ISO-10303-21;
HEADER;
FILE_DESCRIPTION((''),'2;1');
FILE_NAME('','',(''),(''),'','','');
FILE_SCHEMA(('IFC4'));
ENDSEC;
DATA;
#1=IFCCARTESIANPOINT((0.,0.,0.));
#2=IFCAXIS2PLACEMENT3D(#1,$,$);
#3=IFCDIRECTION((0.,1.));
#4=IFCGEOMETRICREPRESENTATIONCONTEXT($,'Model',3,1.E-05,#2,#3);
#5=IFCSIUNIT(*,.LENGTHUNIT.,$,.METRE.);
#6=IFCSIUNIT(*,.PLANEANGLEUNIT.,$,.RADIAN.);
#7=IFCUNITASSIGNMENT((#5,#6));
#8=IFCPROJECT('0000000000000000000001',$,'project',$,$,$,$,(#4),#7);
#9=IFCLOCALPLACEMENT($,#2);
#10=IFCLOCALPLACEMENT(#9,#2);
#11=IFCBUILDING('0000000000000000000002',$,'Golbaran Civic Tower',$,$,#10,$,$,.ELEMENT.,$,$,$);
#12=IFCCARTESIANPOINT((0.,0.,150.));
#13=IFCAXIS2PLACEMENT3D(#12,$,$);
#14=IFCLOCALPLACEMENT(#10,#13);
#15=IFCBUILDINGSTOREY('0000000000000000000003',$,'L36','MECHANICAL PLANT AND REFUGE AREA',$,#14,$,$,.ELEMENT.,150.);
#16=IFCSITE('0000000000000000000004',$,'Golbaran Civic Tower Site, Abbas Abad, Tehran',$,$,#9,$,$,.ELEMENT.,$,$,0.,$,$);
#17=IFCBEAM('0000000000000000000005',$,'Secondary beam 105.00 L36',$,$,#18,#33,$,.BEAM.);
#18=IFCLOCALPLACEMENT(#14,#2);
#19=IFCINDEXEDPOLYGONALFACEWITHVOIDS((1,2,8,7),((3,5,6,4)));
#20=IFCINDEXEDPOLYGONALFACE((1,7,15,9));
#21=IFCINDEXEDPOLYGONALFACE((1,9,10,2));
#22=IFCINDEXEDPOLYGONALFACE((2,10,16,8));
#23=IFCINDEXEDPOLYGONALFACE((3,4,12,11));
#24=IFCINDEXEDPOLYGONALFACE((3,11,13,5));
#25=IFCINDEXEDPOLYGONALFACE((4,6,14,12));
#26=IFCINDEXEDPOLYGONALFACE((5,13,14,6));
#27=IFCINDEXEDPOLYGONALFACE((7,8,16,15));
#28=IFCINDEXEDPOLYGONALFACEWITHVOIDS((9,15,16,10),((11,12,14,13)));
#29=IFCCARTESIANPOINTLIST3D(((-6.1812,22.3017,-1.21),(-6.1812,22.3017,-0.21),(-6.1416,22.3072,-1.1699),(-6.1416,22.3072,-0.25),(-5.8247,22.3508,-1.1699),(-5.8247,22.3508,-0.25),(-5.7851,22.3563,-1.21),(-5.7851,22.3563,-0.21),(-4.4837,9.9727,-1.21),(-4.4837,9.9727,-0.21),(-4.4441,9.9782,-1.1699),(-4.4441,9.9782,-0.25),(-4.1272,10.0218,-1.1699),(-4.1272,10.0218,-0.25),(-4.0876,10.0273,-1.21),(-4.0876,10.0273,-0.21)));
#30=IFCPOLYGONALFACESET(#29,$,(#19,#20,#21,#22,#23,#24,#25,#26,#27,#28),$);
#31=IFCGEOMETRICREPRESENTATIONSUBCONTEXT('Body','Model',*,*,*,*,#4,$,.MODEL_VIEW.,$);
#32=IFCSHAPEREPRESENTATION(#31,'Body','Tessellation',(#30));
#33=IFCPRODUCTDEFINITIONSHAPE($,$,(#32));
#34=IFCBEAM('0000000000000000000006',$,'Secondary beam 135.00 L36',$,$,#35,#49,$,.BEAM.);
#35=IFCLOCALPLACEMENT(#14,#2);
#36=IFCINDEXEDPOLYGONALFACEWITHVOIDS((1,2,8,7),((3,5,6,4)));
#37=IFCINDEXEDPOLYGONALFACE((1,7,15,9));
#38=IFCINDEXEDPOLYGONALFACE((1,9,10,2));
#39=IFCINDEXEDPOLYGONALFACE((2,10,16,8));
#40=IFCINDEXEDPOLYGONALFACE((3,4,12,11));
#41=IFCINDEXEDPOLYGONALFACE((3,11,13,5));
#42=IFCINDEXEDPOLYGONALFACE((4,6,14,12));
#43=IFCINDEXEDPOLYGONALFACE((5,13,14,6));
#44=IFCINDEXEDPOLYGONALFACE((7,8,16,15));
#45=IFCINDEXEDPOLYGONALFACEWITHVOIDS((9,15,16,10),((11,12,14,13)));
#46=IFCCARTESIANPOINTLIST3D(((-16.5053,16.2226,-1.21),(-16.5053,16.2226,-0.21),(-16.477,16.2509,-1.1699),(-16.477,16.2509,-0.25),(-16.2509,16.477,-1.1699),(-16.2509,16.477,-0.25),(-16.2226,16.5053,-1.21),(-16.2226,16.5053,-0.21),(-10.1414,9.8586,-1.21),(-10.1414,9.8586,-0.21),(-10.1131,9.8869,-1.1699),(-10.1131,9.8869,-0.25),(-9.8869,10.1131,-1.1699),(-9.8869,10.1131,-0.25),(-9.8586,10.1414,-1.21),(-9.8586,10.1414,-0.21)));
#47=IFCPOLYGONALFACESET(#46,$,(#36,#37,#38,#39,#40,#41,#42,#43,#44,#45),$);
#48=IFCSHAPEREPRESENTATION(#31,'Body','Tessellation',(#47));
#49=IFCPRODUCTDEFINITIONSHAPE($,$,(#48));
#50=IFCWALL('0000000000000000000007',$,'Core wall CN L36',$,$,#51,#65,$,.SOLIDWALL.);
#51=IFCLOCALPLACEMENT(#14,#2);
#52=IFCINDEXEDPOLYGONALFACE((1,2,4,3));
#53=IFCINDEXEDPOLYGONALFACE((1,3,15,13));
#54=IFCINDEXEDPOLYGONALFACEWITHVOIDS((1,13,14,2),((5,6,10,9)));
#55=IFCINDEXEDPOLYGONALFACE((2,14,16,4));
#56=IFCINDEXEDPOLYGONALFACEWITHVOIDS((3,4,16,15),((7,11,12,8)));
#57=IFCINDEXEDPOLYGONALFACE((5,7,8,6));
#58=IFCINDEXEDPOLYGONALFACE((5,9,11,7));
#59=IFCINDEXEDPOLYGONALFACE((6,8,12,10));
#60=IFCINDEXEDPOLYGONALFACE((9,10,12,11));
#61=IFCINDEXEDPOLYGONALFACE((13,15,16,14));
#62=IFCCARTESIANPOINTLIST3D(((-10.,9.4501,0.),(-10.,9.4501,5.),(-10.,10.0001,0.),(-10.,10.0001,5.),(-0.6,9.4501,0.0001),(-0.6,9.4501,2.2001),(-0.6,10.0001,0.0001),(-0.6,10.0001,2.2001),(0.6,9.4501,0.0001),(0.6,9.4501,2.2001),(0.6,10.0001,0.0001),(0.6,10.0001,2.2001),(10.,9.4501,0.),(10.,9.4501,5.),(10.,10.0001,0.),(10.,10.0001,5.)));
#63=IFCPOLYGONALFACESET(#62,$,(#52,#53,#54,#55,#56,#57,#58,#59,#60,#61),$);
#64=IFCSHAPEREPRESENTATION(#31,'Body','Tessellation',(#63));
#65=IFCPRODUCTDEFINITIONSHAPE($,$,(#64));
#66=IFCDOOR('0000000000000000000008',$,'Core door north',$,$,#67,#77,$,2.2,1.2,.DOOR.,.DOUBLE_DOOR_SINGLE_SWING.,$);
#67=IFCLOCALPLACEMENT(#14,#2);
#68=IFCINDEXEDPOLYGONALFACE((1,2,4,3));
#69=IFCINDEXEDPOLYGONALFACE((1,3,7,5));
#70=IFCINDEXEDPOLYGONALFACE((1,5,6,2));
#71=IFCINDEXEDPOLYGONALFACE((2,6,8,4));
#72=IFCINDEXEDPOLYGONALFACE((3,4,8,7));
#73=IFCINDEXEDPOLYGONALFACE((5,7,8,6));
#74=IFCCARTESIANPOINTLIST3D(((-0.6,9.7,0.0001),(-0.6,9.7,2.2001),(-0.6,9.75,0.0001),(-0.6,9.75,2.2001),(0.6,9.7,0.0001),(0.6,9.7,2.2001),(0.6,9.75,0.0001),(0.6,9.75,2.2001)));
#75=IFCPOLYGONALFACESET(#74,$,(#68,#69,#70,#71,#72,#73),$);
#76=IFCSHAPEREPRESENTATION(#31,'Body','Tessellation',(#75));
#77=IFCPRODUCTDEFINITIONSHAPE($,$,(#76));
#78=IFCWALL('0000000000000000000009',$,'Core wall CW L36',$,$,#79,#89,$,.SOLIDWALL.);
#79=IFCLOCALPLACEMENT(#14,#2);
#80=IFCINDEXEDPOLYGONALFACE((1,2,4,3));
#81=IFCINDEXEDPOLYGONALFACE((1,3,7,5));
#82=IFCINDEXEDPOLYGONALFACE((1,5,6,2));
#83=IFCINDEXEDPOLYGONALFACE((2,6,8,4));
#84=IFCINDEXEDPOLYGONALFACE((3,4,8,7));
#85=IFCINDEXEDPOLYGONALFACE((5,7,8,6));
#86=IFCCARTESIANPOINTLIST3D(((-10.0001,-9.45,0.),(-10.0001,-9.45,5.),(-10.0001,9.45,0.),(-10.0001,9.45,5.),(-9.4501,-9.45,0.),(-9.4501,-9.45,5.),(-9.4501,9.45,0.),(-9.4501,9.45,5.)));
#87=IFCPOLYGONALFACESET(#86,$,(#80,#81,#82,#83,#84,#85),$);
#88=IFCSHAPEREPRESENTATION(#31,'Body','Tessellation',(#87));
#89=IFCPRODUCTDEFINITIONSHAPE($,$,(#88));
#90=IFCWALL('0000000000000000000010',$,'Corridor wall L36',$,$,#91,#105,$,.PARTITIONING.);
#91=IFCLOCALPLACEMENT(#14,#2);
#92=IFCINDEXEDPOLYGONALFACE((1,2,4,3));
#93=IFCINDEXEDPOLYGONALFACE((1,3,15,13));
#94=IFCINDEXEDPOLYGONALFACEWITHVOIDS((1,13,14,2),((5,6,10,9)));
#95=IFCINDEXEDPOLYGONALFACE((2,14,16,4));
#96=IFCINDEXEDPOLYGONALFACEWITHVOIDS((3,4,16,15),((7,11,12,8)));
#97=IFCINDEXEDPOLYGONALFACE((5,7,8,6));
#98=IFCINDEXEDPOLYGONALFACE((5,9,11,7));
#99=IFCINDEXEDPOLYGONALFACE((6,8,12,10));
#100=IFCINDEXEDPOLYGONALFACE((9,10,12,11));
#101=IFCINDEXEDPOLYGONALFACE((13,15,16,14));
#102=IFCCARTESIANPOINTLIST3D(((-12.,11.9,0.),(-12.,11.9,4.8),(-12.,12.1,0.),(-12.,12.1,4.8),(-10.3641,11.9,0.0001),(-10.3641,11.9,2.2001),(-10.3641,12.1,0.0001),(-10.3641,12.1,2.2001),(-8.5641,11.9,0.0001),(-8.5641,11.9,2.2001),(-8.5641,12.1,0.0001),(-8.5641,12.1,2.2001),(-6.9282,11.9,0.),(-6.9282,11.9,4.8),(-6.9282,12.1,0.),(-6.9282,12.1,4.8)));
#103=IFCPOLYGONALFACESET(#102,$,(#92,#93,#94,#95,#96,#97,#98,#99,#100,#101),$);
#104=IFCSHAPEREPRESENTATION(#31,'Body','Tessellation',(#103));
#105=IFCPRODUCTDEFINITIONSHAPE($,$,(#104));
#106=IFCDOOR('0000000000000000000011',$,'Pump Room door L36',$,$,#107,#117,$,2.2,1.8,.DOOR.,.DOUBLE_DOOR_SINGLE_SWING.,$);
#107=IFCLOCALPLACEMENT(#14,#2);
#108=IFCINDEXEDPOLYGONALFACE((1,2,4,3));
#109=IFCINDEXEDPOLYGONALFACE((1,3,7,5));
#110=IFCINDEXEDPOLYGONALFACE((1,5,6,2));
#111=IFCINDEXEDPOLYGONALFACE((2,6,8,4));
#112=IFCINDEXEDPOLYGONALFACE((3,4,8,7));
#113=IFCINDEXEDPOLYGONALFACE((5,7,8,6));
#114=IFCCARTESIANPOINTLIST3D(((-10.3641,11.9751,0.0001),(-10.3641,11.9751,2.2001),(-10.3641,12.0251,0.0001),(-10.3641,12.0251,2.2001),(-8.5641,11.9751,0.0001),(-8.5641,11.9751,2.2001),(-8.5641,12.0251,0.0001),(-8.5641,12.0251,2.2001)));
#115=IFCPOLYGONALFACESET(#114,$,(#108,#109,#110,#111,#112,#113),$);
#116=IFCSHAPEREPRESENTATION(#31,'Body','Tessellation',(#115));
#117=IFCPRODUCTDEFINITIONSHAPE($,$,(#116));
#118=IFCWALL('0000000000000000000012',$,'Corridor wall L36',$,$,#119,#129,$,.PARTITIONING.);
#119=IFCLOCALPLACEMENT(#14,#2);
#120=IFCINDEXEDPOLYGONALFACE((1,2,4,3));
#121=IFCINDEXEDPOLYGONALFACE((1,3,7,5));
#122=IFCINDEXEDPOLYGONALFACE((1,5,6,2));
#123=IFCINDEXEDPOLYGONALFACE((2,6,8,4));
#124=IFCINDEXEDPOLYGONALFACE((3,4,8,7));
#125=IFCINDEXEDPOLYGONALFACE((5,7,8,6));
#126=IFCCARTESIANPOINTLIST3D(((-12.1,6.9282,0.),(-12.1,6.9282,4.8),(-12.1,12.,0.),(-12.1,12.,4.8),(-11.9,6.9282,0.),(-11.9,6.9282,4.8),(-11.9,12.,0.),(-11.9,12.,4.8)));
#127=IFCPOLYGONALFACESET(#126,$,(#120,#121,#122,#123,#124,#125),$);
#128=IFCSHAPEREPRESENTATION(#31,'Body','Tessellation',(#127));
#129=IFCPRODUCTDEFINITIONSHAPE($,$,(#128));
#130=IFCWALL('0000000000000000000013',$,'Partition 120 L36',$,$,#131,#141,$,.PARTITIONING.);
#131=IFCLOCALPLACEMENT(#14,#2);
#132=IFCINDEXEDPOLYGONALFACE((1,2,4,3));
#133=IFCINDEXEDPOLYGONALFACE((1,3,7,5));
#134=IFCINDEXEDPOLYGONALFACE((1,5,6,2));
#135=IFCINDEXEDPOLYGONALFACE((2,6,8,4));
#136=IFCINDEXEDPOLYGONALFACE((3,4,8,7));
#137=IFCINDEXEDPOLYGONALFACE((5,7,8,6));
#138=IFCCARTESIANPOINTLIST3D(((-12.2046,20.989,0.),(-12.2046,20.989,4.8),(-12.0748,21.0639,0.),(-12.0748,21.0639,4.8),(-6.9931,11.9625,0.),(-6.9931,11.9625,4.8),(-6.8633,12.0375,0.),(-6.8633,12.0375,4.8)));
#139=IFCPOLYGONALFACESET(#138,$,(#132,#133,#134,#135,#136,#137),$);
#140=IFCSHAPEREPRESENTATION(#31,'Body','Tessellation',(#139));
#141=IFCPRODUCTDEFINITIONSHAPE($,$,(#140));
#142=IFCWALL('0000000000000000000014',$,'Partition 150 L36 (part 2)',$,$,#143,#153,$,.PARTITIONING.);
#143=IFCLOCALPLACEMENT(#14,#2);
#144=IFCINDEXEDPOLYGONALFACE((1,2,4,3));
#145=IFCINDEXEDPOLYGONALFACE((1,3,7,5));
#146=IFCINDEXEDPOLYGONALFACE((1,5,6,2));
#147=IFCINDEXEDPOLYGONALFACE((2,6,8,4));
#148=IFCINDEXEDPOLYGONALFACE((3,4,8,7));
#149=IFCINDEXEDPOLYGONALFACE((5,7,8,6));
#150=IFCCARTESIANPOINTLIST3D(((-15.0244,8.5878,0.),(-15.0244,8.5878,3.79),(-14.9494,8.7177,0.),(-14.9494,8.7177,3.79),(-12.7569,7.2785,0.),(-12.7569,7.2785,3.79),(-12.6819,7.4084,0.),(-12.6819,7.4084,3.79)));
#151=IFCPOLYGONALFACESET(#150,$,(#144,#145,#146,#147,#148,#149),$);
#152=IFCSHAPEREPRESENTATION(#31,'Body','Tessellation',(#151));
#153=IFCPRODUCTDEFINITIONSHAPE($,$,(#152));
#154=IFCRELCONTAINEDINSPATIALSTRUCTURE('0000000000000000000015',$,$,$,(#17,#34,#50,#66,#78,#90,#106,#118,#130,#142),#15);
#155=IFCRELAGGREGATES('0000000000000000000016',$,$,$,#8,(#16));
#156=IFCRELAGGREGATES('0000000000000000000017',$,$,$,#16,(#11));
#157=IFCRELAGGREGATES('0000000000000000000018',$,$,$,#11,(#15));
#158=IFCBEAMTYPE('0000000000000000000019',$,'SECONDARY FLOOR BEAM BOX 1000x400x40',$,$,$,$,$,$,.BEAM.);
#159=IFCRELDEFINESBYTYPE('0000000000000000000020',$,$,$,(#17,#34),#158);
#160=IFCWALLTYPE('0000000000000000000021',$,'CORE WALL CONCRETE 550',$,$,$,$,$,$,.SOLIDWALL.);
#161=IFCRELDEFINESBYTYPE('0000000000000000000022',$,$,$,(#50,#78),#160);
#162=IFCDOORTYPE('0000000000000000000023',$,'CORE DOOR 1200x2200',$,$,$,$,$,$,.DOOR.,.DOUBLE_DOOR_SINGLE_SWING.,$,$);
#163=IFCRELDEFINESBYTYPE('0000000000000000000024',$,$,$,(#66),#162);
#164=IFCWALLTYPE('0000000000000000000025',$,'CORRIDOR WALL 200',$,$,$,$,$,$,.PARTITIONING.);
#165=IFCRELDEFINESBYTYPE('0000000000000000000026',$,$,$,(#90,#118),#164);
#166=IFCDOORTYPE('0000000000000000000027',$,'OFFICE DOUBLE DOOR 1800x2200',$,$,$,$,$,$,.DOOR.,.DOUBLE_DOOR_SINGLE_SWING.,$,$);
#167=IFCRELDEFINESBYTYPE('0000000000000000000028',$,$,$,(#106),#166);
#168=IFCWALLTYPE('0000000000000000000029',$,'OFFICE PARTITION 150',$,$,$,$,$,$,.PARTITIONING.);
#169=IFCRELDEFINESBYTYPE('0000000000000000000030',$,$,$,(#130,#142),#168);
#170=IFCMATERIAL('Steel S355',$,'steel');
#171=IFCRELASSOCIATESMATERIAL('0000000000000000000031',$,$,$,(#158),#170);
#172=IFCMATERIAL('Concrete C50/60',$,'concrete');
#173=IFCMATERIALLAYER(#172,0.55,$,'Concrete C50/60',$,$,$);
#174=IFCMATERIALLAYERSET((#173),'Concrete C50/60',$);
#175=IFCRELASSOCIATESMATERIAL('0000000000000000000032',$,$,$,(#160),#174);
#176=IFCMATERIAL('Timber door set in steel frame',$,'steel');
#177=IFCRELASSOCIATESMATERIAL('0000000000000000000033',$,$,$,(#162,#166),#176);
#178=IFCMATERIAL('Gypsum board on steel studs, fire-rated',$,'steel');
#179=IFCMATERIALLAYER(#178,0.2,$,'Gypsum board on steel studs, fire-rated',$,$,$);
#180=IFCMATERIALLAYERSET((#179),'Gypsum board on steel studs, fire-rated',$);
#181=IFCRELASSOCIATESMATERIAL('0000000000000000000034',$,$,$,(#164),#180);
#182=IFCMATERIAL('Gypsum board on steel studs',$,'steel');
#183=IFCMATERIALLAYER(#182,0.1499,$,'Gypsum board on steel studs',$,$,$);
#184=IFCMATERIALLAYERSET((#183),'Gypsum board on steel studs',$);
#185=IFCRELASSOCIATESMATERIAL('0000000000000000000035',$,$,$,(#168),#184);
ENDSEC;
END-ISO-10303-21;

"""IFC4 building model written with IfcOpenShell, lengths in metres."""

from ifc_helpers import new_model, si_unit, direction, frame, frame_2d, origin, origin_2d, place, context, subcontext, project, spatial, rectangle, hollow_rectangle, extrude, material, layer, layer_set, material_profile, profile_set, type_object, element, fill, save


model = new_model("IFC4")

# Units and contexts
model_context = context("Model", 3, precision=1e-05, world=origin(), true_north=direction((0.0, 1.0)))
body_context = subcontext(model_context, "Body", "Model", "MODEL_VIEW")
ifc_project = project(units=[si_unit("LENGTHUNIT", "METRE"), si_unit("PLANEANGLEUNIT", "RADIAN")], contexts=[model_context])

# Site, building, storey
site_placement = place(None, origin())
site = spatial("IfcSite", under=ifc_project, at=site_placement, Name="Golbaran Civic Tower Site, Abbas Abad, Tehran", CompositionType="ELEMENT", RefElevation=0.0)
building_placement = place(site_placement, origin())
building = spatial("IfcBuilding", under=site, at=building_placement, Name="Golbaran Civic Tower", CompositionType="ELEMENT")
storey_placement = place(building_placement, frame((0.0, 0.0, 150.0)))
storey = spatial("IfcBuildingStorey", under=building, at=storey_placement, Name="L36", Description="MECHANICAL PLANT AND REFUGE AREA", CompositionType="ELEMENT", Elevation=150.0)

# Shared definitions
ifc_material_1 = material(Name="Steel S355", Category="steel")

# Beams
ifc_material_profile_1 = material_profile(ifc_material_1, hollow_rectangle(XDim=0.3999, YDim=1.0, WallThickness=0.04, at=origin_2d()), Name="BOX 1000x400x40")
ifc_profile_set_1 = profile_set([ifc_material_profile_1], Name="Steel S355")
beam_type_1 = type_object("IfcBeamType", Name="SECONDARY FLOOR BEAM BOX 1000x400x40", PredefinedType="BEAM", material=ifc_profile_set_1)
beam_1_placement = place(storey_placement, frame((-4.2856, 10.0, -0.71), z_axis=(-0.136396, 0.990654, 0.0), x_axis=(-0.990654, -0.136396, 0.0)))
element("IfcBeam", 1, at=beam_1_placement, inside=storey, type_object=beam_type_1, Name="Secondary beam 105.00 L36", PredefinedType="BEAM", context=body_context, shape_type="SweptSolid", body=[
    extrude(hollow_rectangle(XDim=0.3999, YDim=1.0, WallThickness=0.04, at=origin_2d()), origin(), (0.0, 0.0, 1.0), 12.4453),
])
beam_2_placement = place(storey_placement, frame((-10.0, 10.0, -0.71), z_axis=(-0.707107, 0.707107, 0.0), x_axis=(-0.707107, -0.707107, 0.0)))
element("IfcBeam", 2, at=beam_2_placement, inside=storey, type_object=beam_type_1, Name="Secondary beam 135.00 L36", PredefinedType="BEAM", context=body_context, shape_type="SweptSolid", body=[
    extrude(hollow_rectangle(XDim=0.3999, YDim=1.0, WallThickness=0.04, at=origin_2d()), origin(), (0.0, 0.0, 1.0), 9.0),
])

# Wall, opening, door
ifc_material_2 = material(Name="Concrete C50/60", Category="concrete")
ifc_layer_1 = layer(ifc_material_2, 0.55, Name="Concrete C50/60")
ifc_layer_set_1 = layer_set([ifc_layer_1], Name="Concrete C50/60")
wall_type_1 = type_object("IfcWallType", Name="CORE WALL CONCRETE 550", PredefinedType="SOLIDWALL", material=ifc_layer_set_1)
wall_1_placement = place(storey_placement, frame((-10.0, 9.7251, 0.0), z_axis=(0.0, 0.0, 1.0), x_axis=(1.0, 0.0, 0.0)))
wall_1 = element("IfcWall", 3, at=wall_1_placement, inside=storey, type_object=wall_type_1, Name="Core wall CN L36", PredefinedType="SOLIDWALL", context=body_context, shape_type="SweptSolid", body=[
    extrude(rectangle(XDim=20.0, YDim=0.55, at=frame_2d((10.0, 0.0))), origin(), (0.0, 0.0, 1.0), 5.0),
])
opening_1_placement = place(wall_1_placement, frame((9.3999, 0.0, 0.0)))
opening_1 = element("IfcOpeningElement", 4, at=opening_1_placement, cuts=wall_1, PredefinedType="OPENING", context=body_context, shape_type="SweptSolid", body=[
    extrude(rectangle(XDim=1.2, YDim=2.2, at=frame_2d((0.6001, 1.1001))), frame((0.0, 0.2849, 0.0), z_axis=(0.0, -1.0, 0.0), x_axis=(1.0, 0.0, 0.0)), (0.0, 0.0, 1.0), 0.5701),
])
ifc_material_3 = material(Name="Timber door set in steel frame", Category="steel")
door_type_1 = type_object("IfcDoorType", Name="CORE DOOR 1200x2200", OperationType="DOUBLE_DOOR_SINGLE_SWING", PredefinedType="DOOR", material=ifc_material_3)
door_1_placement = place(opening_1_placement, origin())
door_1 = element("IfcDoor", 5, at=door_1_placement, inside=storey, type_object=door_type_1, Name="Core door north", OperationType="DOUBLE_DOOR_SINGLE_SWING", OverallHeight=2.2, OverallWidth=1.2, PredefinedType="DOOR", context=body_context, shape_type="SweptSolid", body=[
    extrude(rectangle(XDim=1.2, YDim=2.2, at=frame_2d((0.6001, 1.1001))), frame((0.0, 0.0249, 0.0), z_axis=(0.0, -1.0, 0.0), x_axis=(1.0, 0.0, 0.0)), (0.0, 0.0, 1.0), 0.05),
])
fill(opening_1, door_1)

# Wall
wall_2_placement = place(storey_placement, frame((-9.7251, 9.45, 0.0), z_axis=(0.0, 0.0, 1.0), x_axis=(0.0, -1.0, 0.0)))
element("IfcWall", 6, at=wall_2_placement, inside=storey, type_object=wall_type_1, Name="Core wall CW L36", PredefinedType="SOLIDWALL", context=body_context, shape_type="SweptSolid", body=[
    extrude(rectangle(XDim=18.8999, YDim=0.55, at=frame_2d((9.45, 0.0))), origin(), (0.0, 0.0, 1.0), 5.0),
])

# Wall, opening, door
ifc_material_4 = material(Name="Gypsum board on steel studs, fire-rated", Category="steel")
ifc_layer_2 = layer(ifc_material_4, 0.2, Name="Gypsum board on steel studs, fire-rated")
ifc_layer_set_2 = layer_set([ifc_layer_2], Name="Gypsum board on steel studs, fire-rated")
wall_type_2 = type_object("IfcWallType", Name="CORRIDOR WALL 200", PredefinedType="PARTITIONING", material=ifc_layer_set_2)
wall_3_placement = place(storey_placement, frame((-6.9282, 12.0, 0.0), z_axis=(0.0, 0.0, 1.0), x_axis=(-1.0, 0.0, 0.0)))
wall_3 = element("IfcWall", 7, at=wall_3_placement, inside=storey, type_object=wall_type_2, Name="Corridor wall L36", PredefinedType="PARTITIONING", context=body_context, shape_type="SweptSolid", body=[
    extrude(rectangle(XDim=5.0718, YDim=0.2, at=frame_2d((2.5359, 0.0))), origin(), (0.0, 0.0, 1.0), 4.8),
])
opening_2_placement = place(wall_3_placement, frame((1.636, 0.0, 0.0)))
opening_2 = element("IfcOpeningElement", 8, at=opening_2_placement, cuts=wall_3, PredefinedType="OPENING", context=body_context, shape_type="SweptSolid", body=[
    extrude(rectangle(XDim=1.8, YDim=2.2, at=frame_2d((0.8999, 1.1001))), frame((0.0, 0.1099, 0.0), z_axis=(0.0, -1.0, 0.0), x_axis=(1.0, 0.0, 0.0)), (0.0, 0.0, 1.0), 0.22),
])
door_type_2 = type_object("IfcDoorType", Name="OFFICE DOUBLE DOOR 1800x2200", OperationType="DOUBLE_DOOR_SINGLE_SWING", PredefinedType="DOOR", material=ifc_material_3)
door_2_placement = place(opening_2_placement, origin())
door_2 = element("IfcDoor", 9, at=door_2_placement, inside=storey, type_object=door_type_2, Name="Pump Room door L36", OperationType="DOUBLE_DOOR_SINGLE_SWING", OverallHeight=2.2, OverallWidth=1.8, PredefinedType="DOOR", context=body_context, shape_type="SweptSolid", body=[
    extrude(rectangle(XDim=1.8, YDim=2.2, at=frame_2d((0.8999, 1.1001))), frame((0.0, 0.0249, 0.0), z_axis=(0.0, -1.0, 0.0), x_axis=(1.0, 0.0, 0.0)), (0.0, 0.0, 1.0), 0.05),
])
fill(opening_2, door_2)

# Walls
wall_4_placement = place(storey_placement, frame((-12.0, 12.0, 0.0), z_axis=(0.0, 0.0, 1.0), x_axis=(0.0, -1.0, 0.0)))
element("IfcWall", 10, at=wall_4_placement, inside=storey, type_object=wall_type_2, Name="Corridor wall L36", PredefinedType="PARTITIONING", context=body_context, shape_type="SweptSolid", body=[
    extrude(rectangle(XDim=5.0718, YDim=0.2, at=frame_2d((2.5359, 0.0))), origin(), (0.0, 0.0, 1.0), 4.8),
])
ifc_material_5 = material(Name="Gypsum board on steel studs", Category="steel")
ifc_layer_3 = layer(ifc_material_5, 0.1499, Name="Gypsum board on steel studs")
ifc_layer_set_3 = layer_set([ifc_layer_3], Name="Gypsum board on steel studs")
wall_type_3 = type_object("IfcWallType", Name="OFFICE PARTITION 150", PredefinedType="PARTITIONING", material=ifc_layer_set_3)
wall_5_placement = place(storey_placement, frame((-6.9282, 12.0, 0.0), z_axis=(0.0, 0.0, 1.0), x_axis=(-0.500004, 0.866023, 0.0)))
element("IfcWall", 11, at=wall_5_placement, inside=storey, type_object=wall_type_3, Name="Partition 120 L36", PredefinedType="PARTITIONING", context=body_context, shape_type="SweptSolid", body=[
    extrude(rectangle(XDim=10.4229, YDim=0.1499, at=frame_2d((5.2114, 0.0))), origin(), (0.0, 0.0, 1.0), 4.8),
])
wall_6_placement = place(storey_placement, frame((-12.7195, 7.3435, 0.0), z_axis=(0.0, 0.0, 1.0), x_axis=(-0.866002, 0.50004, 0.0)))
element("IfcWall", 12, at=wall_6_placement, inside=storey, type_object=wall_type_3, Name="Partition 150 L36 (part 2)", PredefinedType="PARTITIONING", context=body_context, shape_type="SweptSolid", body=[
    extrude(rectangle(XDim=2.6184, YDim=0.1499, at=frame_2d((1.3091, 0.0))), origin(), (0.0, 0.0, 1.0), 3.79),
])

save(model, "model.ifc")
